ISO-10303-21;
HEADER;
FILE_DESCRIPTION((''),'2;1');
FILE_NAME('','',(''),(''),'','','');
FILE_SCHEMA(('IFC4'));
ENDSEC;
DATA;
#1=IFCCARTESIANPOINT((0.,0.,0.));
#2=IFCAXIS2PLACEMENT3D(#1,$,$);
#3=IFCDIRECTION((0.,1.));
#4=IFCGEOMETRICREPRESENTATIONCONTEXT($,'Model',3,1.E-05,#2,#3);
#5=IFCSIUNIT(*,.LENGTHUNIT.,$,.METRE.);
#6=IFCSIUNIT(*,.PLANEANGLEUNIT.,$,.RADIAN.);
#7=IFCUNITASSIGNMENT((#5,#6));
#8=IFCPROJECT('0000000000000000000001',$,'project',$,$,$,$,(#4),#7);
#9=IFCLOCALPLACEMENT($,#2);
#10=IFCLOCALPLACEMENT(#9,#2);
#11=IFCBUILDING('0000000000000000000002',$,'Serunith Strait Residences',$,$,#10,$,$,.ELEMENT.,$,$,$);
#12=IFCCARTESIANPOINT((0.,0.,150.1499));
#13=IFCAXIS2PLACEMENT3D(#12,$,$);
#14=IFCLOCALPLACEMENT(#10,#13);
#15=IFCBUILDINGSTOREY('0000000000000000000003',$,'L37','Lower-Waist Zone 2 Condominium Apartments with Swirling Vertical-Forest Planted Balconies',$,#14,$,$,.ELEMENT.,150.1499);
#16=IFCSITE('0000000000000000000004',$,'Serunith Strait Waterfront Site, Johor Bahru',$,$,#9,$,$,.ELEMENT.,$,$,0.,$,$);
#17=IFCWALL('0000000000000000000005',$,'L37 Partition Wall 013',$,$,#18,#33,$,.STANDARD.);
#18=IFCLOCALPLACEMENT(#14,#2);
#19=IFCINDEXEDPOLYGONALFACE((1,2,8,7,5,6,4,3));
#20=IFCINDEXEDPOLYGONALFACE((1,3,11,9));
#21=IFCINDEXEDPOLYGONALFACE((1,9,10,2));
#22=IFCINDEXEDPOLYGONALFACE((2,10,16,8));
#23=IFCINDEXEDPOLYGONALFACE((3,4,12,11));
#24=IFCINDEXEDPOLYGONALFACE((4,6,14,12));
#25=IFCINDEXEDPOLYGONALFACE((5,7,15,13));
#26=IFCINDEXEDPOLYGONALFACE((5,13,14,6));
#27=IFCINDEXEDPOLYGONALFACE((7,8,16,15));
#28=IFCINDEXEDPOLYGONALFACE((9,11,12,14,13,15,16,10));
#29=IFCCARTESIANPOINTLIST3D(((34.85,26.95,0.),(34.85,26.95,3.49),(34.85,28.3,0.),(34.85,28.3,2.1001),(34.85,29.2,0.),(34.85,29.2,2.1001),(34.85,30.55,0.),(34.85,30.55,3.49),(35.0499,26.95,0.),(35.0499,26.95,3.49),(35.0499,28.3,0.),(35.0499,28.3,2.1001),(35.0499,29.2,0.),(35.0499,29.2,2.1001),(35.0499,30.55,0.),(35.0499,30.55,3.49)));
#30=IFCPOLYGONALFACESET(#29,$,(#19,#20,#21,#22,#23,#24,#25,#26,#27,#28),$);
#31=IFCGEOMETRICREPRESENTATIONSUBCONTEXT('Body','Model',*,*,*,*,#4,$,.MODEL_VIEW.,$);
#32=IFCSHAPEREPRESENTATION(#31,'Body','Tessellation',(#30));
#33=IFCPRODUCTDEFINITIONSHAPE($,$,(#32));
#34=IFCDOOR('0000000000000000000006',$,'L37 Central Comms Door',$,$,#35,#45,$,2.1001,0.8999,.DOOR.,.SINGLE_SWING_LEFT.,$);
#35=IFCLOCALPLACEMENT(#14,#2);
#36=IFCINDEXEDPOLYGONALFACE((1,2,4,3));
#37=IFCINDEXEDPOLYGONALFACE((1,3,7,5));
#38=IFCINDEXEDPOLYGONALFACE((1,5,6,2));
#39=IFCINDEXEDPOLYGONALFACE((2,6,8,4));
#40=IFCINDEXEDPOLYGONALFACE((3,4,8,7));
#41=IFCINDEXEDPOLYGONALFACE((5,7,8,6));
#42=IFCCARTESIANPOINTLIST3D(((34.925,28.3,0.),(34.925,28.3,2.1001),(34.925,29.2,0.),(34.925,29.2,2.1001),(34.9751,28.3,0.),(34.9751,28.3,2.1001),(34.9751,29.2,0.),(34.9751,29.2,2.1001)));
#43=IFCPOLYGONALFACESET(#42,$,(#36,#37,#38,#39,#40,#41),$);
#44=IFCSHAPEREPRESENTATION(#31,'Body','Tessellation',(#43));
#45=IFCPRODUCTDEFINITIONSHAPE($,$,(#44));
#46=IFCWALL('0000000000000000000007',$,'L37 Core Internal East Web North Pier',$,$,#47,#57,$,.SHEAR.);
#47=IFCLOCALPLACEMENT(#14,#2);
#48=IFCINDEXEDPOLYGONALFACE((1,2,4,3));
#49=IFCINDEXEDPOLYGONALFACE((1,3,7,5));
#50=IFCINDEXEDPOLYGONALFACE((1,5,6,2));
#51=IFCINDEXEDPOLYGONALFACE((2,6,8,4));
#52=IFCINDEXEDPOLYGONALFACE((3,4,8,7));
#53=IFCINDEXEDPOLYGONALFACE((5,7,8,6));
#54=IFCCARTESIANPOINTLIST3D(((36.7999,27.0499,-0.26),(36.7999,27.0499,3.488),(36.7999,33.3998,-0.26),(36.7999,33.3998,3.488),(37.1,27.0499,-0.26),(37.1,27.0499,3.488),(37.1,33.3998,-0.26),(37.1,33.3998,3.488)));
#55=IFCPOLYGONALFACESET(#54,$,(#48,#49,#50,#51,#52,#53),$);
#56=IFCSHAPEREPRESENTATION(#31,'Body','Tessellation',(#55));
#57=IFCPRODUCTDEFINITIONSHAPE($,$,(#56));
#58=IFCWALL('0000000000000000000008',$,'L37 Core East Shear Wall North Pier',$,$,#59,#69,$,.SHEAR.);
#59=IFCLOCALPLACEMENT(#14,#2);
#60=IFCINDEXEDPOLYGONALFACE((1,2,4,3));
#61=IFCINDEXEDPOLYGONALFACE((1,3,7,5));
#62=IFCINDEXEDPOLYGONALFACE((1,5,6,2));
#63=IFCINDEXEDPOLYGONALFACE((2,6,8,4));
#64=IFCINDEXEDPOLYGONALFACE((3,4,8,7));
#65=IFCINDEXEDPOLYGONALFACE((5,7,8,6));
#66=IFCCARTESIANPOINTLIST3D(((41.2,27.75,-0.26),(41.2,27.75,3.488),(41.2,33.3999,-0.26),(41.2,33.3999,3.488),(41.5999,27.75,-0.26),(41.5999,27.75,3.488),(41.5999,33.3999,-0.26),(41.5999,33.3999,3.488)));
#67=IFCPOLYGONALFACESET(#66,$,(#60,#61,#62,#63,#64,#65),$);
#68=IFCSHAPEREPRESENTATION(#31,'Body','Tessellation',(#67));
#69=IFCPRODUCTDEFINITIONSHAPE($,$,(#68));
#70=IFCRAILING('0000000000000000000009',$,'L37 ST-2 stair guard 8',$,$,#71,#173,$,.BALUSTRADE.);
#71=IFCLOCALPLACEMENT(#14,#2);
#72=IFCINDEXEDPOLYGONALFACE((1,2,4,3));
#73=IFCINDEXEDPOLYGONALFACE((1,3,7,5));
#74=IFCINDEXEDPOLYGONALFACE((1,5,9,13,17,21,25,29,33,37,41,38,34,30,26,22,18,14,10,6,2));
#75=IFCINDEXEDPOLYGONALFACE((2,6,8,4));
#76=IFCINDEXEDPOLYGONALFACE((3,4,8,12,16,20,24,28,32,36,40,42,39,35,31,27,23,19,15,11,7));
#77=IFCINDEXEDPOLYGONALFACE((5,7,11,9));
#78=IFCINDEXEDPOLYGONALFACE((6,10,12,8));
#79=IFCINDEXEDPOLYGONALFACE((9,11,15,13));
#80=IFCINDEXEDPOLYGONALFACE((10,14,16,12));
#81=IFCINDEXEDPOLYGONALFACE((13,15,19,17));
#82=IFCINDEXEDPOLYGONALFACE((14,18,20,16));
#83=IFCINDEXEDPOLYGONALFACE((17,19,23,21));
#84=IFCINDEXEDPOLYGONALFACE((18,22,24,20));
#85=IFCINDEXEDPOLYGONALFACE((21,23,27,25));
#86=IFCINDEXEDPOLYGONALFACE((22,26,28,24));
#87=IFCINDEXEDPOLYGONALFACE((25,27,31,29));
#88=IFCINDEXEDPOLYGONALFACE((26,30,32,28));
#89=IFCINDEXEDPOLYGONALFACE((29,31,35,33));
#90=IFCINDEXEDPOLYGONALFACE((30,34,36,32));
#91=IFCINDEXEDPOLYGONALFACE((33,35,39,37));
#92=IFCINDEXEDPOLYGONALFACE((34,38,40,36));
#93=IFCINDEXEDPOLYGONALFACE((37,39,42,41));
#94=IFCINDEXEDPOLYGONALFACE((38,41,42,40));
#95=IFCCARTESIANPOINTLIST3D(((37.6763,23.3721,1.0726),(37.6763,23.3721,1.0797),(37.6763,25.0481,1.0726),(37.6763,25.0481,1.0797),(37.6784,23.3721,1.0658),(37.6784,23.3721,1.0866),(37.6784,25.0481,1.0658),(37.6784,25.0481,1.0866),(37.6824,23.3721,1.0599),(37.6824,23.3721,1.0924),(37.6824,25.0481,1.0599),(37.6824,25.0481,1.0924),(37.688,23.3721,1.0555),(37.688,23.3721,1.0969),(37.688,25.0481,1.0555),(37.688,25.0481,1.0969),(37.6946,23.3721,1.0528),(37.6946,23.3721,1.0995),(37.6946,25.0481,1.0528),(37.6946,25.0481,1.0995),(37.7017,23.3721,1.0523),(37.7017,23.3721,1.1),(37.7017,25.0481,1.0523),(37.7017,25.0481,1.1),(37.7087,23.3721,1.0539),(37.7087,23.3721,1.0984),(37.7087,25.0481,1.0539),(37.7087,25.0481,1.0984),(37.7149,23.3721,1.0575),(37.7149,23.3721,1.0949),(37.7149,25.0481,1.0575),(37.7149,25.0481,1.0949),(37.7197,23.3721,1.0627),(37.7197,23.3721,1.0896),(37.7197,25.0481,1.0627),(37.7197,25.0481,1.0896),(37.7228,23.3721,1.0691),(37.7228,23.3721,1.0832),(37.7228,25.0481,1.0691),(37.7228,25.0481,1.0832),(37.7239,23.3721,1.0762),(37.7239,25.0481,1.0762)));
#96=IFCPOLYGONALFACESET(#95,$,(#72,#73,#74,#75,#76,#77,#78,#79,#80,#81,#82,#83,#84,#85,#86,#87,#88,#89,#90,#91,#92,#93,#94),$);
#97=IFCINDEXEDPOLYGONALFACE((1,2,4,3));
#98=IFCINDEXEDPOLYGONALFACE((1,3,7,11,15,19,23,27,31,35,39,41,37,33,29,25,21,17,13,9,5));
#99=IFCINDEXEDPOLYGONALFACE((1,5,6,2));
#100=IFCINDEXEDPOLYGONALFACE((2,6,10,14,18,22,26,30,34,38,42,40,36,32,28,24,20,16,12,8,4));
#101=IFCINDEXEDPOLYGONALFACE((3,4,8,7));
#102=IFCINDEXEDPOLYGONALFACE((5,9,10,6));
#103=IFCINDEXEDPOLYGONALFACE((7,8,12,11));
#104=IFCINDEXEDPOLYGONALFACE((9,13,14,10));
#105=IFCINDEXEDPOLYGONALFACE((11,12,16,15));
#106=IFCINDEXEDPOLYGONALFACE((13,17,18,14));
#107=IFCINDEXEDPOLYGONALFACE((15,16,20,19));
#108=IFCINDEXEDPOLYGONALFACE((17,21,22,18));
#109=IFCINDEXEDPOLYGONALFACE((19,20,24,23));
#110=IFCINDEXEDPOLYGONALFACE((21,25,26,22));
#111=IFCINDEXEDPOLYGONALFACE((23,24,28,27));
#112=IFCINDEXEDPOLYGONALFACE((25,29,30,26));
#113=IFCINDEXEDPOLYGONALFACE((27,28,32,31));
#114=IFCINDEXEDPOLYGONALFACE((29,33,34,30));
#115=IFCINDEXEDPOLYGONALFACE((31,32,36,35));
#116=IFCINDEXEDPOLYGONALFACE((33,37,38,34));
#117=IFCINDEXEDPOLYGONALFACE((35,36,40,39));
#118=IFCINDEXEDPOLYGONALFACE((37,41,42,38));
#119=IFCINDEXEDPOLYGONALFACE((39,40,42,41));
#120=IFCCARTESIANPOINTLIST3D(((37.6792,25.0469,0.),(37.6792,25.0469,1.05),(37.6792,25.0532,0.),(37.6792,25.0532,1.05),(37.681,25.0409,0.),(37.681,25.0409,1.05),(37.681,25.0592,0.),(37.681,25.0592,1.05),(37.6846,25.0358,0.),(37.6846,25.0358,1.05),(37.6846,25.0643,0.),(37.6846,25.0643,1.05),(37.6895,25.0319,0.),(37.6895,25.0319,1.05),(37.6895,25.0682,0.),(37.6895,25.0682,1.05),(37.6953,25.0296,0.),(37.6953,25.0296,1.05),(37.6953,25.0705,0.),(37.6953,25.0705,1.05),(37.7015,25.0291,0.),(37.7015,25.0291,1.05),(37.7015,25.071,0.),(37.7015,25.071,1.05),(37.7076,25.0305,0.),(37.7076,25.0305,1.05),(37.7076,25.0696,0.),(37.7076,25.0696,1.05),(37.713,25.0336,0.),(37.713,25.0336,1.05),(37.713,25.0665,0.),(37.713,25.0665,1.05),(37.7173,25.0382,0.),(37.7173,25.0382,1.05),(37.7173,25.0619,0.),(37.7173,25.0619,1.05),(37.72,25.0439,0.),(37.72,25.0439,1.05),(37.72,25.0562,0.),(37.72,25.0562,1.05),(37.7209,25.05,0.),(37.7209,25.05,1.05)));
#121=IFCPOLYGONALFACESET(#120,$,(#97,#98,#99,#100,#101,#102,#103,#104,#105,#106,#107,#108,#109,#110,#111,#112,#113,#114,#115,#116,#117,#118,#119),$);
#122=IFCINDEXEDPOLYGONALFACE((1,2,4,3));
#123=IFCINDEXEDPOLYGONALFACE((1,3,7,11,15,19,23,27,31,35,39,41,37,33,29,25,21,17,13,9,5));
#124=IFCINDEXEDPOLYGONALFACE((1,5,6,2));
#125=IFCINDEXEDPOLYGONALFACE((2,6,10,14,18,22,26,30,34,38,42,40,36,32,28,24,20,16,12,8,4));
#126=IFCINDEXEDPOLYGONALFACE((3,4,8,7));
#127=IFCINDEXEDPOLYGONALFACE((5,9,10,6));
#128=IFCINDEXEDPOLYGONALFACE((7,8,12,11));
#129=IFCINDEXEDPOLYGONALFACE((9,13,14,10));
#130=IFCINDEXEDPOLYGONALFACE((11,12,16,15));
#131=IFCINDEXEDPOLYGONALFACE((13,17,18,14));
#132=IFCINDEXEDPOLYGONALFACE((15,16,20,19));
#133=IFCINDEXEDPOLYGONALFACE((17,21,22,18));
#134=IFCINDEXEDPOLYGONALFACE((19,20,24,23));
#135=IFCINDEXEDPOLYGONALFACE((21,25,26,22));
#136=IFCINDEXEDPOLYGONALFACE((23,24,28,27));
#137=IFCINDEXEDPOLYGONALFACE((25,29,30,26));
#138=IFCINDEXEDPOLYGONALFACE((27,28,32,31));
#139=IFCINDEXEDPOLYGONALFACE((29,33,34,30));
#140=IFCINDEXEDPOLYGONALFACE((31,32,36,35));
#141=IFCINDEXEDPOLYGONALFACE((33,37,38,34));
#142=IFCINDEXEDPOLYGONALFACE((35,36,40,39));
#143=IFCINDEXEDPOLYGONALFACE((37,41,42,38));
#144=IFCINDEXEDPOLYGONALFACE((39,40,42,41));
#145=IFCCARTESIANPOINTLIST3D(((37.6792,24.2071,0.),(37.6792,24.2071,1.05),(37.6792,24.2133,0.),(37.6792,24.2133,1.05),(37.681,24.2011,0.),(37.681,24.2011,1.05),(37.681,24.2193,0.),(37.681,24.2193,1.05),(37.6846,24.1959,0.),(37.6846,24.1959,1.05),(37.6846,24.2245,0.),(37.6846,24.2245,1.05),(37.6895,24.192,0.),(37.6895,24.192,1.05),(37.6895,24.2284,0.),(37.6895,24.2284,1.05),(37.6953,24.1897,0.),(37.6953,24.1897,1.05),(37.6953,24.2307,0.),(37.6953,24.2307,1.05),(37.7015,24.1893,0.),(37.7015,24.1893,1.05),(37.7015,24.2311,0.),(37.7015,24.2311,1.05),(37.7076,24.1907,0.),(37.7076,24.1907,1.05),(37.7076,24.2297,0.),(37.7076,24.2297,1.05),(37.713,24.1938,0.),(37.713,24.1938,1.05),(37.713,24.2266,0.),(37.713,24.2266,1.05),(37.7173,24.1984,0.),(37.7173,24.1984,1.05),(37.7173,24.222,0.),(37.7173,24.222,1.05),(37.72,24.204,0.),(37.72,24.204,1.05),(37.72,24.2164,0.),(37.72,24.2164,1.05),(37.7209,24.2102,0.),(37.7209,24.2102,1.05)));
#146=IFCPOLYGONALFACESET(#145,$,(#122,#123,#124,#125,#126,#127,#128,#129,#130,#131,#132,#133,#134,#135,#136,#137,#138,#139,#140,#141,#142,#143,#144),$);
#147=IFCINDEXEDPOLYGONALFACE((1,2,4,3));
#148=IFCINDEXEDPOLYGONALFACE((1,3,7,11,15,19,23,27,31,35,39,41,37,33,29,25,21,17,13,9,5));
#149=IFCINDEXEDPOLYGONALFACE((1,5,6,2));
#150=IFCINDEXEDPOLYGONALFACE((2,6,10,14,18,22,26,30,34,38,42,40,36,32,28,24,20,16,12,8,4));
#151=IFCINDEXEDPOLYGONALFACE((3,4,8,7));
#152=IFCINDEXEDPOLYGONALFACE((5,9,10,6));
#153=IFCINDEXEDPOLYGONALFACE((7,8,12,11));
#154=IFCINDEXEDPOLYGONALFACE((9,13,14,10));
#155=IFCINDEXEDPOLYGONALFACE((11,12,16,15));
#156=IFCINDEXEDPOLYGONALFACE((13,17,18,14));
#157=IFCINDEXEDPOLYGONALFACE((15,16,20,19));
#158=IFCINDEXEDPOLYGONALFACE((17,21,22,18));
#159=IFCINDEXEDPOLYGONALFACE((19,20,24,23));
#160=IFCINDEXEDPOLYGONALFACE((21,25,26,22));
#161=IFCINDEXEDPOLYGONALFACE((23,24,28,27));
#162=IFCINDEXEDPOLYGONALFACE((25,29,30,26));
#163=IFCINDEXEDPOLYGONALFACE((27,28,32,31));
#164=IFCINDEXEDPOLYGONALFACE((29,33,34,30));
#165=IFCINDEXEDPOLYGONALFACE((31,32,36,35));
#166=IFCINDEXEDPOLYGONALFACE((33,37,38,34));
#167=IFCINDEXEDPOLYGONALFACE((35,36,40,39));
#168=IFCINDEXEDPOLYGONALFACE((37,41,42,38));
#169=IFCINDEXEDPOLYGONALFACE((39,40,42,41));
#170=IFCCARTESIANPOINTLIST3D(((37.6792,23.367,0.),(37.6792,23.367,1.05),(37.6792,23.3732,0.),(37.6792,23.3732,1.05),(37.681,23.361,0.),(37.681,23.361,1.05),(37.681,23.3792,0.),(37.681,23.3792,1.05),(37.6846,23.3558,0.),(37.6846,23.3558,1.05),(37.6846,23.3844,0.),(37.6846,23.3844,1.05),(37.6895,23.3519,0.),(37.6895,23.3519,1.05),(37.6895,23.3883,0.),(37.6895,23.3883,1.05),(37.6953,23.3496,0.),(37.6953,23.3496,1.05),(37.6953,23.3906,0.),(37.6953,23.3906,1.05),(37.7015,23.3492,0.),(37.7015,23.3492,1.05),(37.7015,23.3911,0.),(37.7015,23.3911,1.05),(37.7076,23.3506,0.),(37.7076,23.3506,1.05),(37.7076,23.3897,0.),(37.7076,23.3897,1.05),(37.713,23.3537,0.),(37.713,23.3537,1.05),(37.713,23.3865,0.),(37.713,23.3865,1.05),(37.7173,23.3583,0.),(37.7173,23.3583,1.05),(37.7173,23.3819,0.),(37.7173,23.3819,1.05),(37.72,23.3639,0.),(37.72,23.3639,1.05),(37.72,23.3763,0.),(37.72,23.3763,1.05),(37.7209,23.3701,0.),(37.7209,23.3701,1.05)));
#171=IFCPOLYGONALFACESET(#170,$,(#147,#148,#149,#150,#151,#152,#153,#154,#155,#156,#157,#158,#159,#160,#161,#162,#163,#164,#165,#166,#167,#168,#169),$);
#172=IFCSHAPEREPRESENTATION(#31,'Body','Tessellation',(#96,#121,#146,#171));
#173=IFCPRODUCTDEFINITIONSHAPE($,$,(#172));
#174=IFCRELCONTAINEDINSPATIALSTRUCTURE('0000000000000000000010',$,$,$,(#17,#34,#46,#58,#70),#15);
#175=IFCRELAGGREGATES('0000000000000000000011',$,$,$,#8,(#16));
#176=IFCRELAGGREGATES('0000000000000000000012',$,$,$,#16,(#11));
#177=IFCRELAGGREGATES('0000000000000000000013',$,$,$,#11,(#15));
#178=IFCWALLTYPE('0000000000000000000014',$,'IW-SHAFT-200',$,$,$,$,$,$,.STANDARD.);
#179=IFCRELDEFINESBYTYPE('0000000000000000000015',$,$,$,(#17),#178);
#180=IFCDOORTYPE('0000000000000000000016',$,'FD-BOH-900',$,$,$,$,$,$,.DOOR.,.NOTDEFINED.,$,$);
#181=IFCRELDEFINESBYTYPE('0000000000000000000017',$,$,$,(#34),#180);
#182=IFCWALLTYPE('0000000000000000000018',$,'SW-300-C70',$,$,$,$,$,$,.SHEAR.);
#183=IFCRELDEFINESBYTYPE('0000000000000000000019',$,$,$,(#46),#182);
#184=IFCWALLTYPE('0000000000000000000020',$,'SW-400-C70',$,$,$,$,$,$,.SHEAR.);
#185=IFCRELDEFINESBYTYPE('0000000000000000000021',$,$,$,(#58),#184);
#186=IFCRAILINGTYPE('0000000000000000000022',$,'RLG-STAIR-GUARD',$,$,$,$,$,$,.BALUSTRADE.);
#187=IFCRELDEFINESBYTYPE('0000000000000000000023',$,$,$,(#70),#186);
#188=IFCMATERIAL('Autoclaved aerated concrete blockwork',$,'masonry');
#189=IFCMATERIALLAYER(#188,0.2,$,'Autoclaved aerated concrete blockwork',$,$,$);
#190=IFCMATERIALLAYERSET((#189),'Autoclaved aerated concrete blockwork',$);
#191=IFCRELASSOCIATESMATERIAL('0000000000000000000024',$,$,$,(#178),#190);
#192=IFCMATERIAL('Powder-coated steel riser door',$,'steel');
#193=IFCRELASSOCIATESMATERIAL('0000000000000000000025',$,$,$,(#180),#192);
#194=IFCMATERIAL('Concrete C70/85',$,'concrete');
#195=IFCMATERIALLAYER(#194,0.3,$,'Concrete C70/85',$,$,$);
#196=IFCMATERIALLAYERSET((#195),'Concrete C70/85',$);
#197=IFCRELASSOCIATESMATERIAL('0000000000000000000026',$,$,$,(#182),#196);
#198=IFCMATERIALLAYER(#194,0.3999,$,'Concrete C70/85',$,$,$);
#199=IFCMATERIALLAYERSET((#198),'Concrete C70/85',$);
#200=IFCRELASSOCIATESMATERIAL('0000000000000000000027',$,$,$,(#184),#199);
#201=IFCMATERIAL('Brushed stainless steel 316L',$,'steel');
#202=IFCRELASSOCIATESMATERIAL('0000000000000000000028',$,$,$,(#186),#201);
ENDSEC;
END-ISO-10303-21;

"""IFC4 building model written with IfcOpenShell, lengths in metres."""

from ifc_helpers import new_model, si_unit, direction, frame, frame_2d, origin, origin_2d, place, context, subcontext, project, spatial, rectangle, circle, extrude, source, transform, mapped, material, layer, layer_set, type_object, element, fill, save


model = new_model("IFC4")

# Units and contexts
model_context = context("Model", 3, precision=1e-05, world=origin(), true_north=direction((0.0, 1.0)))
body_context = subcontext(model_context, "Body", "Model", "MODEL_VIEW")
ifc_project = project(units=[si_unit("LENGTHUNIT", "METRE"), si_unit("PLANEANGLEUNIT", "RADIAN")], contexts=[model_context])

# Site, building, storey
site_placement = place(None, origin())
site = spatial("IfcSite", under=ifc_project, at=site_placement, Name="Serunith Strait Waterfront Site, Johor Bahru", CompositionType="ELEMENT", RefElevation=0.0)
building_placement = place(site_placement, origin())
building = spatial("IfcBuilding", under=site, at=building_placement, Name="Serunith Strait Residences", CompositionType="ELEMENT")
storey_placement = place(building_placement, frame((0.0, 0.0, 150.1499)))
storey = spatial("IfcBuildingStorey", under=building, at=storey_placement, Name="L37", Description="Lower-Waist Zone 2 Condominium Apartments with Swirling Vertical-Forest Planted Balconies", CompositionType="ELEMENT", Elevation=150.1499)

# Shared definitions
ifc_material_1 = material(Name="Autoclaved aerated concrete blockwork", Category="masonry")
ifc_layer_1 = layer(ifc_material_1, 0.2, Name="Autoclaved aerated concrete blockwork")
ifc_layer_set_1 = layer_set([ifc_layer_1], Name="Autoclaved aerated concrete blockwork")
wall_type_1 = type_object("IfcWallType", Name="IW-SHAFT-200", PredefinedType="STANDARD", material=ifc_layer_set_1)

# Wall, opening, door
wall_1_placement = place(storey_placement, frame((34.95, 26.95, 0.0), z_axis=(0.0, 0.0, 1.0), x_axis=(0.0, 1.0, 0.0)))
wall_1 = element("IfcWall", 1, at=wall_1_placement, inside=storey, type_object=wall_type_1, Name="L37 Partition Wall 013", PredefinedType="STANDARD", context=body_context, shape_type="SweptSolid", body=[
    extrude(rectangle(XDim=3.6001, YDim=0.2, at=frame_2d((1.8, 0.0))), origin(), (0.0, 0.0, 1.0), 3.49),
])
opening_1_placement = place(wall_1_placement, frame((1.3501, 0.0, 0.0)))
opening_1 = element("IfcOpeningElement", 2, at=opening_1_placement, cuts=wall_1, PredefinedType="OPENING", context=body_context, shape_type="SweptSolid", body=[
    extrude(rectangle(XDim=0.8999, YDim=2.1001, at=frame_2d((0.45, 1.05))), frame((0.0, 0.1099, 0.0), z_axis=(0.0, -1.0, 0.0), x_axis=(1.0, 0.0, 0.0)), (0.0, 0.0, 1.0), 0.22),
])
ifc_material_2 = material(Name="Powder-coated steel riser door", Category="steel")
door_type_1 = type_object("IfcDoorType", Name="FD-BOH-900", OperationType="NOTDEFINED", PredefinedType="DOOR", material=ifc_material_2)
shared_shape_1 = source(origin(), body_context, "Body", "SweptSolid", [
    extrude(rectangle(XDim=0.8999, YDim=2.1001, at=frame_2d((0.45, 1.05))), frame((0.0, 0.0249, 0.0), z_axis=(0.0, -1.0, 0.0), x_axis=(1.0, 0.0, 0.0)), (0.0, 0.0, 1.0), 0.05),
])
door_1_placement = place(opening_1_placement, origin())
door_1 = element("IfcDoor", 3, at=door_1_placement, inside=storey, type_object=door_type_1, Name="L37 Central Comms Door", OperationType="SINGLE_SWING_LEFT", OverallHeight=2.1001, OverallWidth=0.8999, PredefinedType="DOOR", context=body_context, shape_type="MappedRepresentation", body=[
    mapped(shared_shape_1, transform((0.0, 0.0, 0.0), scale=1.0)),
])
fill(opening_1, door_1)

# Walls
ifc_material_3 = material(Name="Concrete C70/85", Category="concrete")
ifc_layer_2 = layer(ifc_material_3, 0.3, Name="Concrete C70/85")
ifc_layer_set_2 = layer_set([ifc_layer_2], Name="Concrete C70/85")
wall_type_2 = type_object("IfcWallType", Name="SW-300-C70", PredefinedType="SHEAR", material=ifc_layer_set_2)
wall_2_placement = place(storey_placement, frame((36.95, 27.05, -0.26), z_axis=(0.0, 0.0, 1.0), x_axis=(0.0, 1.0, 0.0)))
element("IfcWall", 4, at=wall_2_placement, inside=storey, type_object=wall_type_2, Name="L37 Core Internal East Web North Pier", PredefinedType="SHEAR", context=body_context, shape_type="SweptSolid", body=[
    extrude(rectangle(XDim=6.3499, YDim=0.3, at=frame_2d((3.1748, 0.0))), origin(), (0.0, 0.0, 1.0), 3.748),
])
ifc_layer_3 = layer(ifc_material_3, 0.3999, Name="Concrete C70/85")
ifc_layer_set_3 = layer_set([ifc_layer_3], Name="Concrete C70/85")
wall_type_3 = type_object("IfcWallType", Name="SW-400-C70", PredefinedType="SHEAR", material=ifc_layer_set_3)
wall_3_placement = place(storey_placement, frame((41.3999, 27.75, -0.26), z_axis=(0.0, 0.0, 1.0), x_axis=(0.0, 1.0, 0.0)))
element("IfcWall", 5, at=wall_3_placement, inside=storey, type_object=wall_type_3, Name="L37 Core East Shear Wall North Pier", PredefinedType="SHEAR", context=body_context, shape_type="SweptSolid", body=[
    extrude(rectangle(XDim=5.6499, YDim=0.3999, at=frame_2d((2.825, 0.0))), origin(), (0.0, 0.0, 1.0), 3.748),
])

# Railing
ifc_material_4 = material(Name="Brushed stainless steel 316L", Category="steel")
railing_type = type_object("IfcRailingType", Name="RLG-STAIR-GUARD", PredefinedType="BALUSTRADE", material=ifc_material_4)
for number, where, name in (
    (6, (37.7, 25.05, 0.0), "L37 ST-2 stair guard 8"),
):
    element("IfcRailing", number, at=place(storey_placement, frame(where)), inside=storey, type_object=railing_type, Name=name, PredefinedType="BALUSTRADE", context=body_context, shape_type="SweptSolid", body=[
        extrude(circle(Radius=0.0239, at=origin_2d()), frame((0.0, -0.002, 1.0762), z_axis=(0.0, -1.0, 0.0), x_axis=(1.0, 0.0, 0.0)), (0.0, 0.0, 1.0), 1.676),
        extrude(circle(Radius=0.021, at=origin_2d()), origin(), (0.0, 0.0, 1.0), 1.05),
        extrude(circle(Radius=0.021, at=origin_2d()), frame((0.0, -0.8398, 0.0)), (0.0, 0.0, 1.0), 1.05),
        extrude(circle(Radius=0.021, at=origin_2d()), frame((0.0, -1.6799, 0.0)), (0.0, 0.0, 1.0), 1.05),
    ])

save(model, "model.ifc")
